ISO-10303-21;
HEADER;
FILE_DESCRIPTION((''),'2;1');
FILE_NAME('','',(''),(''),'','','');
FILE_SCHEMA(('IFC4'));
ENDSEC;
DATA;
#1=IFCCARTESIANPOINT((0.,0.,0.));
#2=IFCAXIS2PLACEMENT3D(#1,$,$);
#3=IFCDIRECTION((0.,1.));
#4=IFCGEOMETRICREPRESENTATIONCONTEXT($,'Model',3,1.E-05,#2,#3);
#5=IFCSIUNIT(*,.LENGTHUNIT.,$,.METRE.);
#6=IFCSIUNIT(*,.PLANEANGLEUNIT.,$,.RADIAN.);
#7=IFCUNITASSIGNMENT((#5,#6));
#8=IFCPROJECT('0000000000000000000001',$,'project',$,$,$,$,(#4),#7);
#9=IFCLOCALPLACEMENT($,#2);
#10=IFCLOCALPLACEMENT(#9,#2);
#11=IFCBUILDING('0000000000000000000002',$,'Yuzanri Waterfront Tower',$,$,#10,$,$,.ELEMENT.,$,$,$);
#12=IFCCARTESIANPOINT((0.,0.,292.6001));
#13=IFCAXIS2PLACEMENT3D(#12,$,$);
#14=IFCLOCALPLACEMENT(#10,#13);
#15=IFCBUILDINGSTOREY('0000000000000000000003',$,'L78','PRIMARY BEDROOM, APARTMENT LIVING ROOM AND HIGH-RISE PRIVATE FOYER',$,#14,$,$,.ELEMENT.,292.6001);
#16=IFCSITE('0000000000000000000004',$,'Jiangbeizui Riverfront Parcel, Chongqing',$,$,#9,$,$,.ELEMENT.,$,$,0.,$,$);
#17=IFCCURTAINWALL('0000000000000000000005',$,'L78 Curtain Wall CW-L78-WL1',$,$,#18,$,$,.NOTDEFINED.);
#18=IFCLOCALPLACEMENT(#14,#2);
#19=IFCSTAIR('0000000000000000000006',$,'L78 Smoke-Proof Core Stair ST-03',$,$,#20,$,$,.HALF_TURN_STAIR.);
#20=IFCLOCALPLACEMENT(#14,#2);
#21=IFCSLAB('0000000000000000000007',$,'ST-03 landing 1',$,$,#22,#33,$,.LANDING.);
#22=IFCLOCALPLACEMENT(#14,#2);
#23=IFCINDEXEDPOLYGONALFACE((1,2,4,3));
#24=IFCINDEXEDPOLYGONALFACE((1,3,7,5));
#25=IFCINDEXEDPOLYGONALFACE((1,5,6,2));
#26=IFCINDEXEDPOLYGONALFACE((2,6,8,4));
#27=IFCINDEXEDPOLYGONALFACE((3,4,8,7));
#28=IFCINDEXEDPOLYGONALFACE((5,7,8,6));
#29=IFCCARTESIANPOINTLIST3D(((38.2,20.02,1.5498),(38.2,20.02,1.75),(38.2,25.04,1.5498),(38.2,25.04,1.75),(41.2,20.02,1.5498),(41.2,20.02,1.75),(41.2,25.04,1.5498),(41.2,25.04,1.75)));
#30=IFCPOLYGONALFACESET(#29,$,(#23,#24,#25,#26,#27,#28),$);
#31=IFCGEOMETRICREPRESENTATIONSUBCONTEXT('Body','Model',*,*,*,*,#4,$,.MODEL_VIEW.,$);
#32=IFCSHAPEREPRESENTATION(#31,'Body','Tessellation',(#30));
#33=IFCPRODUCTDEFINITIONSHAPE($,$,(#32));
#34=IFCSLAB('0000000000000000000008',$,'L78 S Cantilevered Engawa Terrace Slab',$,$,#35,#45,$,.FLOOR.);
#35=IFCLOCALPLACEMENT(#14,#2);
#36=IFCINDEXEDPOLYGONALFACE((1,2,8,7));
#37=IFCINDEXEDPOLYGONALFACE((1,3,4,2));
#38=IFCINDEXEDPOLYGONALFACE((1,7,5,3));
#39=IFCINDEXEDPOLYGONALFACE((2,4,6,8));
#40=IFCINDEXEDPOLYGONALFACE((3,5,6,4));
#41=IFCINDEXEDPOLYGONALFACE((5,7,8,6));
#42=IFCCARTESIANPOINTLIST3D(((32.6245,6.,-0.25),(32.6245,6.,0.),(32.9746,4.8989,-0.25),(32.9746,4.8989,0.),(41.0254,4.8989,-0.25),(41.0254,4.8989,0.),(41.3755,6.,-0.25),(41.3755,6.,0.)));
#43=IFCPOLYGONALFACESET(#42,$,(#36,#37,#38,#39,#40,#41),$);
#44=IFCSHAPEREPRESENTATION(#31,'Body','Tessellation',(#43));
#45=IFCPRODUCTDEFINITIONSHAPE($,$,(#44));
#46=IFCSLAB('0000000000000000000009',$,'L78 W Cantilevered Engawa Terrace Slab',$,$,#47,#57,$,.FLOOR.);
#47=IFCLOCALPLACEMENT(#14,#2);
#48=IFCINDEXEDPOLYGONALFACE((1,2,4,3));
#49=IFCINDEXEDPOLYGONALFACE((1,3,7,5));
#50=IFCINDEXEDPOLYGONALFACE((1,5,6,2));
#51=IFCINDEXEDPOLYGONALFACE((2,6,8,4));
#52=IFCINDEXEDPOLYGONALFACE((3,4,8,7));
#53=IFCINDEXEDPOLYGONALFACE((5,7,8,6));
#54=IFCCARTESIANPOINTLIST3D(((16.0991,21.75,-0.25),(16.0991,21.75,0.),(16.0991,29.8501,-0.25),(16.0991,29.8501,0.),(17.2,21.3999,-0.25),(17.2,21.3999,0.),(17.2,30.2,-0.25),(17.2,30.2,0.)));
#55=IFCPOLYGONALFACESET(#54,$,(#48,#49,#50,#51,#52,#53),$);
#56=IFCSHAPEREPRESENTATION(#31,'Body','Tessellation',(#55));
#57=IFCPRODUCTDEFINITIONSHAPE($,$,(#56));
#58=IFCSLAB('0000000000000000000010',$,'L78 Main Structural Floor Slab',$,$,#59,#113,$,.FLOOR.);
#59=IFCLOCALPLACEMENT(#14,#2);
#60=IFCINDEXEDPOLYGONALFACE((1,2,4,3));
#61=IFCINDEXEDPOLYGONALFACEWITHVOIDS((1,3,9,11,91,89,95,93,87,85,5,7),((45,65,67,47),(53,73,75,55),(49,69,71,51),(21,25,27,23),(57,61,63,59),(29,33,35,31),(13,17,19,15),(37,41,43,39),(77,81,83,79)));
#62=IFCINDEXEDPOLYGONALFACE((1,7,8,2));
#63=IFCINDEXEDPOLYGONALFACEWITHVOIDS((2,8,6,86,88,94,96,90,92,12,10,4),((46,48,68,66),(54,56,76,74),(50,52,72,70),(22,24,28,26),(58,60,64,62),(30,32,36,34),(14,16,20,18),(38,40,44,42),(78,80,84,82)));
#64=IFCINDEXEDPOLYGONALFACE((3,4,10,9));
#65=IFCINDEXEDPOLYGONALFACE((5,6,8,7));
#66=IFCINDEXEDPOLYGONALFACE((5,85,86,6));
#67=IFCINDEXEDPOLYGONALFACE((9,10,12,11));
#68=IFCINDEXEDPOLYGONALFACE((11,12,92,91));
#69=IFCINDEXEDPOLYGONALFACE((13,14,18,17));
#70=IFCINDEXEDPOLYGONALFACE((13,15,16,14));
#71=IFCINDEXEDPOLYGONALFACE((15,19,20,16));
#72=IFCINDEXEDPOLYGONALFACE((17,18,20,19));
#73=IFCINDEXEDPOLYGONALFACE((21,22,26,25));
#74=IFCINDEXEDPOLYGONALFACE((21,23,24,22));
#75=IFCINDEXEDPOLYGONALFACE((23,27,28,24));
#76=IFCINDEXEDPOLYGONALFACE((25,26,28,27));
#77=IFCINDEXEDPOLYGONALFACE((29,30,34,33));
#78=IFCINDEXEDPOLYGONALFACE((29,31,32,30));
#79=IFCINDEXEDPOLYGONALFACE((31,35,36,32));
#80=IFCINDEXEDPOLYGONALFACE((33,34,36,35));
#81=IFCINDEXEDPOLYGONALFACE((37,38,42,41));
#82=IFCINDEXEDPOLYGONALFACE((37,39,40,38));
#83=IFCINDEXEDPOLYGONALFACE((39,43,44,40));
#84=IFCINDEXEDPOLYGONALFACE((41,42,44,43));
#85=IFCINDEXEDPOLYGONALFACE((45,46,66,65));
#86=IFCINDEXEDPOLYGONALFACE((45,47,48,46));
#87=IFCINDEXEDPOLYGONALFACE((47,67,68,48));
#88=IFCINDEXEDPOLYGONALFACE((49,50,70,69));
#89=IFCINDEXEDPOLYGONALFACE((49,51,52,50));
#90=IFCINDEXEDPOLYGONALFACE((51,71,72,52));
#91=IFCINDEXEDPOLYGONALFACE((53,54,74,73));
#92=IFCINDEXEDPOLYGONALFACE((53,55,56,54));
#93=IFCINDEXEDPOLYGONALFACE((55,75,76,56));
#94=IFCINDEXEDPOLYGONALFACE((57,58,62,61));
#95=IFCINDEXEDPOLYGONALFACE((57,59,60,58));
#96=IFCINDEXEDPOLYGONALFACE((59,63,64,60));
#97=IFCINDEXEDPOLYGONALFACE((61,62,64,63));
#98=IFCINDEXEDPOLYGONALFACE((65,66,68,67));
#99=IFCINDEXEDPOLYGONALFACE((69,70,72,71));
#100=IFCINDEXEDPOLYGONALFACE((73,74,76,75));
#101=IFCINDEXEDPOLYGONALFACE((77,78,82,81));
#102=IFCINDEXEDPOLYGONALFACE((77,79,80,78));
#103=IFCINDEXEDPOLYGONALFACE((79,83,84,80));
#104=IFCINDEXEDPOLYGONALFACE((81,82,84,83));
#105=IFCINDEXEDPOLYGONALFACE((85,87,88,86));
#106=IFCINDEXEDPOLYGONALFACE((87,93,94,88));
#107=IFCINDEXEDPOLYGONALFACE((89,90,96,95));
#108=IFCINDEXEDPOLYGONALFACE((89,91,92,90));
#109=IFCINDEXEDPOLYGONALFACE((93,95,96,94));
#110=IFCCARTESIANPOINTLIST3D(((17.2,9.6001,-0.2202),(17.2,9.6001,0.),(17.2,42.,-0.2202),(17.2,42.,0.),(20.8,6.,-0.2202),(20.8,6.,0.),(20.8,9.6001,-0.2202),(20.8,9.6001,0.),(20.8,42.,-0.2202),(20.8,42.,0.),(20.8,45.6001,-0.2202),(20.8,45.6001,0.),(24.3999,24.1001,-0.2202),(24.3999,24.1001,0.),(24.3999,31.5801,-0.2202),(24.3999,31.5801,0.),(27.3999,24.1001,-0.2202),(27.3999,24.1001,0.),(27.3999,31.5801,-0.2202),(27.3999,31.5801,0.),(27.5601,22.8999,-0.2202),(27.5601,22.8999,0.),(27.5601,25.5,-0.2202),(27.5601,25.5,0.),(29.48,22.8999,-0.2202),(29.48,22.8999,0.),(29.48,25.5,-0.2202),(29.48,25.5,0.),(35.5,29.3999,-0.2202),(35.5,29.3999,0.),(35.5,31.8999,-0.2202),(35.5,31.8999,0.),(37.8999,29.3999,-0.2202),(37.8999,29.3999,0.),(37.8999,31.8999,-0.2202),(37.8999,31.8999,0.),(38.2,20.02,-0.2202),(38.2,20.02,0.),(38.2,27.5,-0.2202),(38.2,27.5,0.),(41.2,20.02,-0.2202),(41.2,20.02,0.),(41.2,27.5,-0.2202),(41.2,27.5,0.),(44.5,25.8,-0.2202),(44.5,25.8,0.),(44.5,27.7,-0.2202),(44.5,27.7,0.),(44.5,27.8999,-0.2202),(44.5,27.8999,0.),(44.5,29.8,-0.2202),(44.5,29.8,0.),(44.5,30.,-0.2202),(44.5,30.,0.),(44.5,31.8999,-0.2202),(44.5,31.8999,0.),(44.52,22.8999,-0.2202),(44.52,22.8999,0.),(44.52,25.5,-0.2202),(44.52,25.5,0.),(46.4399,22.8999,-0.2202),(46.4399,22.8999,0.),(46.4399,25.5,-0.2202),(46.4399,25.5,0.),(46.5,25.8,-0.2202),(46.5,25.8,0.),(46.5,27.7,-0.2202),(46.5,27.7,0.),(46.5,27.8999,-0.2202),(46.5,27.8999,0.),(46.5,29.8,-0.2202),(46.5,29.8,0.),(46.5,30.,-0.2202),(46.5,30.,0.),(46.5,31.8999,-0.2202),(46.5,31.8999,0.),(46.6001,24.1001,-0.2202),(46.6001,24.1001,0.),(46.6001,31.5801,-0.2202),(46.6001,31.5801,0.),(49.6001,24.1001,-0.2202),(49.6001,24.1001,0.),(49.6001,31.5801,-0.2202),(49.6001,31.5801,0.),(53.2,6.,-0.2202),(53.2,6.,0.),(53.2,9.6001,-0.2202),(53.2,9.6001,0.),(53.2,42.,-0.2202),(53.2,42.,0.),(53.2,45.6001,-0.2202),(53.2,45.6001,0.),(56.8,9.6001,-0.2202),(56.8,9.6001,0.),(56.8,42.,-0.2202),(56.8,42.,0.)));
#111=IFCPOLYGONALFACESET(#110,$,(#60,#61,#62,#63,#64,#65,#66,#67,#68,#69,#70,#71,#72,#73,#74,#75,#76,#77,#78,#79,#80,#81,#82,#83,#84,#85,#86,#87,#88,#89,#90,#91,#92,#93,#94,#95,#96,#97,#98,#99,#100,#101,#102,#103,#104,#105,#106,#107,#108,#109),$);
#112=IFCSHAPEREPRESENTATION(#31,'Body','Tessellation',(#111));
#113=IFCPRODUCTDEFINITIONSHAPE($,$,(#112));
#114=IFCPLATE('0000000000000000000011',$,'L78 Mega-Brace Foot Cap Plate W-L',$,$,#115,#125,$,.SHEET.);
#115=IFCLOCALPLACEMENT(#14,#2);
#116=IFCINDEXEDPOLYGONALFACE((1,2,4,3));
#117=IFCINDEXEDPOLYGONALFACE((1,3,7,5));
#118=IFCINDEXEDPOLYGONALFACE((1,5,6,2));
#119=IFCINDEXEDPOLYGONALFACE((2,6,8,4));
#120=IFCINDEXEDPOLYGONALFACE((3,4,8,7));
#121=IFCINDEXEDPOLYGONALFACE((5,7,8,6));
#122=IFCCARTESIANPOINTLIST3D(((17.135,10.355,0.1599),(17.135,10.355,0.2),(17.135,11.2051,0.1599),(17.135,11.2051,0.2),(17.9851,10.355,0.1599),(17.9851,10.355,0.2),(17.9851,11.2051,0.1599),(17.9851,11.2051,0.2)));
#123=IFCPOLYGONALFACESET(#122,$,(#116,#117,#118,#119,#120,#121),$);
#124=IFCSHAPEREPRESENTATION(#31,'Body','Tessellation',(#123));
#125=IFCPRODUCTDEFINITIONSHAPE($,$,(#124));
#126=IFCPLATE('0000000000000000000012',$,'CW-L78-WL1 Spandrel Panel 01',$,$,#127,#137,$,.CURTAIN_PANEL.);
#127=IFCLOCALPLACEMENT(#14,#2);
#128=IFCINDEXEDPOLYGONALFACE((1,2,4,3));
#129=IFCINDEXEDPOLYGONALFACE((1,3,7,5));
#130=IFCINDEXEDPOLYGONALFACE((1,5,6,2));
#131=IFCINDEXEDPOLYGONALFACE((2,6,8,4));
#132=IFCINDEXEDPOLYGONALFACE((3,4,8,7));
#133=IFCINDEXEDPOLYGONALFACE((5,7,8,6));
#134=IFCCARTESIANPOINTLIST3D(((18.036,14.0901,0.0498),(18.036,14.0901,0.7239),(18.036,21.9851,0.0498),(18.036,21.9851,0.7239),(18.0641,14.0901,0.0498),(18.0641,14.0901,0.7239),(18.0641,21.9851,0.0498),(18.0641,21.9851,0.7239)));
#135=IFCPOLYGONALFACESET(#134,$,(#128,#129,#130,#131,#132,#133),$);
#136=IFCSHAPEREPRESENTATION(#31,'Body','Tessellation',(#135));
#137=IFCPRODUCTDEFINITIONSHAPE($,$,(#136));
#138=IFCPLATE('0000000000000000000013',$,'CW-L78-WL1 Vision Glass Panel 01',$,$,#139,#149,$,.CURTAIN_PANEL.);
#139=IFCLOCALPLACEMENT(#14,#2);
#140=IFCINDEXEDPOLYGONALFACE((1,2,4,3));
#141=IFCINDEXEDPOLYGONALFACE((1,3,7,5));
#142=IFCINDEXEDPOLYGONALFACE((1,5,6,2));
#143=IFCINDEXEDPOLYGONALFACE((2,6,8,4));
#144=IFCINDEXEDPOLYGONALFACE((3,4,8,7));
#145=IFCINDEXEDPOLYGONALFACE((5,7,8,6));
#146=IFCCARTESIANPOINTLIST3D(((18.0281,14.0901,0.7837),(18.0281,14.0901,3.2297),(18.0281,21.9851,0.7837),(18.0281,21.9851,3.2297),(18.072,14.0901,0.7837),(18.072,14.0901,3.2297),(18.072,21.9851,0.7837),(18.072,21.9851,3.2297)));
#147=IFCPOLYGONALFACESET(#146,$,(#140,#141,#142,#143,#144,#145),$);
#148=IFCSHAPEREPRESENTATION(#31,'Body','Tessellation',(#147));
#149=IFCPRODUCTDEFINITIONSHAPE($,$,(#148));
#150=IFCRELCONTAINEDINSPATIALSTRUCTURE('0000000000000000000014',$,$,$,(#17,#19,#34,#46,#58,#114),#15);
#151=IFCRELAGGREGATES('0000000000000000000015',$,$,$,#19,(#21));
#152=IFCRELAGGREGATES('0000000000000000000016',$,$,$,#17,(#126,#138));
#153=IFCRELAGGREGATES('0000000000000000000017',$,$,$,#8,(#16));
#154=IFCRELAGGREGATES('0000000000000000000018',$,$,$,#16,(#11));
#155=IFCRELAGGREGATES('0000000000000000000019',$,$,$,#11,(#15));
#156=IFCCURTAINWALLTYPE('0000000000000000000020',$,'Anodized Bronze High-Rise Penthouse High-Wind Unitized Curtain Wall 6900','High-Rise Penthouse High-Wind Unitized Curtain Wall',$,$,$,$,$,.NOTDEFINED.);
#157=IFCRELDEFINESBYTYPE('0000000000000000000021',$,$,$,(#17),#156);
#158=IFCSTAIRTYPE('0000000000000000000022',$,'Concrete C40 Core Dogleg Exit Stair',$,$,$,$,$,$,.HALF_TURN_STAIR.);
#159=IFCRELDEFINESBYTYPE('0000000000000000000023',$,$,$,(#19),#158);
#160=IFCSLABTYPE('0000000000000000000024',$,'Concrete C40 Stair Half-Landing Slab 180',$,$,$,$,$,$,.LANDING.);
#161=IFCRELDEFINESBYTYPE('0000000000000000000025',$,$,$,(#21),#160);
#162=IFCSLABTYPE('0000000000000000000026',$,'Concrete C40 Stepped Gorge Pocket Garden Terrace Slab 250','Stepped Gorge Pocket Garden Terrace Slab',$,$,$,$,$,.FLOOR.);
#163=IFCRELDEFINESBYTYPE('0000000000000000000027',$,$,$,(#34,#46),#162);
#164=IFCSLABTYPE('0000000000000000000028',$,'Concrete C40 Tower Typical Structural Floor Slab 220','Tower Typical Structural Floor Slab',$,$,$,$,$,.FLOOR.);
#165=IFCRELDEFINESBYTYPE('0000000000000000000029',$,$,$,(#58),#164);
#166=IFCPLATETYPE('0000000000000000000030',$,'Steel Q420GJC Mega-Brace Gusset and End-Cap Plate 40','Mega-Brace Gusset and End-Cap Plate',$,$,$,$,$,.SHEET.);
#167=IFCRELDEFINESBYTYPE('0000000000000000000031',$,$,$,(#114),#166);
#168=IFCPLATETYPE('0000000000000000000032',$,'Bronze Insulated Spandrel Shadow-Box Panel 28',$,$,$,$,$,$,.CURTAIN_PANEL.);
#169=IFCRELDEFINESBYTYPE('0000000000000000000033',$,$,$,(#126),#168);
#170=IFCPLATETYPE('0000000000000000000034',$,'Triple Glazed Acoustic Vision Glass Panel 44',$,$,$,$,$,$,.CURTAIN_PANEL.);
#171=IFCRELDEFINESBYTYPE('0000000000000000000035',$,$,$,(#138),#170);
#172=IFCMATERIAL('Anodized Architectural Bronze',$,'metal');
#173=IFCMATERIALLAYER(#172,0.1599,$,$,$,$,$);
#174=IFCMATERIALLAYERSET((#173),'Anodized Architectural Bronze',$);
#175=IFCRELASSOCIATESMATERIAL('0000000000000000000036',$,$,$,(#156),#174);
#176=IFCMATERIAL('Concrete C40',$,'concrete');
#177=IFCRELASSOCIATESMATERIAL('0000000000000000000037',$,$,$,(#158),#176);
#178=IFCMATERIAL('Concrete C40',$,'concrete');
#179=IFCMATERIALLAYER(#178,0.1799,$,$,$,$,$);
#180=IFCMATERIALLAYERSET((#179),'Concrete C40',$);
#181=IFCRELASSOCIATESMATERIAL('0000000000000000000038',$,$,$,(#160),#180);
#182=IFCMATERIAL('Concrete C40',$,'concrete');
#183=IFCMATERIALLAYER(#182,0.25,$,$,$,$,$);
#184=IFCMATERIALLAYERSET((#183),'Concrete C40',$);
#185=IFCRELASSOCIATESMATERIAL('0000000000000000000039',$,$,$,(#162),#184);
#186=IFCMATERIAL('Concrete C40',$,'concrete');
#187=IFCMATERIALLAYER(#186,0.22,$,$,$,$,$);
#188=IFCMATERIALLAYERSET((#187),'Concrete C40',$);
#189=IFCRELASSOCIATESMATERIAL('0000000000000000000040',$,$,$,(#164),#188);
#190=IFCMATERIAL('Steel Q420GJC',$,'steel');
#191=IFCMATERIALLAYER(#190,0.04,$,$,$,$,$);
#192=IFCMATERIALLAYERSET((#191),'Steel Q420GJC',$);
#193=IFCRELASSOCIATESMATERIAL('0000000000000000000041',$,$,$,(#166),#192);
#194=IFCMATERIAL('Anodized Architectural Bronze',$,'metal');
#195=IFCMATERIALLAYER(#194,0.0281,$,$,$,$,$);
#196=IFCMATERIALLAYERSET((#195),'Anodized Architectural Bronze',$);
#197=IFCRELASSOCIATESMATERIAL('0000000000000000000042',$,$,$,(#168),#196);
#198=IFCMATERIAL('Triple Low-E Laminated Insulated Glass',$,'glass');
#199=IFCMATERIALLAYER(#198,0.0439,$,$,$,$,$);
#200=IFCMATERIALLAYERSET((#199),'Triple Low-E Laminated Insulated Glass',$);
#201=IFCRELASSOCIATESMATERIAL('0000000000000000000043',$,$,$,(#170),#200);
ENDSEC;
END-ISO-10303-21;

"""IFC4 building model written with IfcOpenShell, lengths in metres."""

from ifc_helpers import new_model, si_unit, direction, frame, origin, origin_2d, place, context, subcontext, project, spatial, polyline, rectangle, outline, extrude, source, transform, mapped, material, layer, layer_set, type_object, element, aggregate, save


model = new_model("IFC4")

# Units and contexts
model_context = context("Model", 3, precision=1e-05, world=origin(), true_north=direction((0.0, 1.0)))
body_context = subcontext(model_context, "Body", "Model", "MODEL_VIEW")
ifc_project = project(units=[si_unit("LENGTHUNIT", "METRE"), si_unit("PLANEANGLEUNIT", "RADIAN")], contexts=[model_context])

# Site, building, storey
site_placement = place(None, origin())
site = spatial("IfcSite", under=ifc_project, at=site_placement, Name="Jiangbeizui Riverfront Parcel, Chongqing", CompositionType="ELEMENT", RefElevation=0.0)
building_placement = place(site_placement, origin())
building = spatial("IfcBuilding", under=site, at=building_placement, Name="Yuzanri Waterfront Tower", CompositionType="ELEMENT")
storey_placement = place(building_placement, frame((0.0, 0.0, 292.6001)))
storey = spatial("IfcBuildingStorey", under=building, at=storey_placement, Name="L78", Description="PRIMARY BEDROOM, APARTMENT LIVING ROOM AND HIGH-RISE PRIVATE FOYER", CompositionType="ELEMENT", Elevation=292.6001)

# Curtain wall
ifc_material_1 = material(Name="Anodized Architectural Bronze", Category="metal")
ifc_layer_1 = layer(ifc_material_1, 0.1599)
ifc_layer_set_1 = layer_set([ifc_layer_1], Name="Anodized Architectural Bronze")
curtain_wall_type = type_object("IfcCurtainWallType", Name="Anodized Bronze High-Rise Penthouse High-Wind Unitized Curtain Wall 6900", Description="High-Rise Penthouse High-Wind Unitized Curtain Wall", PredefinedType="NOTDEFINED", material=ifc_layer_set_1)
curtain_wall_placement = place(storey_placement, origin())
curtain_wall = element("IfcCurtainWall", 1, at=curtain_wall_placement, inside=storey, type_object=curtain_wall_type, Name="L78 Curtain Wall CW-L78-WL1", PredefinedType="NOTDEFINED")

# Stair, slab
ifc_material_2 = material(Name="Concrete C40", Category="concrete")
stair_type = type_object("IfcStairType", Name="Concrete C40 Core Dogleg Exit Stair", PredefinedType="HALF_TURN_STAIR", material=ifc_material_2)
ifc_material_3 = material(Name="Concrete C40", Category="concrete")
ifc_layer_2 = layer(ifc_material_3, 0.1799)
ifc_layer_set_2 = layer_set([ifc_layer_2], Name="Concrete C40")
slab_type_1 = type_object("IfcSlabType", Name="Concrete C40 Stair Half-Landing Slab 180", PredefinedType="LANDING", material=ifc_layer_set_2)
stair_1_placement = place(storey_placement, origin())
stair_1 = element("IfcStair", 2, at=stair_1_placement, inside=storey, type_object=stair_type, Name="L78 Smoke-Proof Core Stair ST-03", PredefinedType="HALF_TURN_STAIR")
slab_1_placement = place(storey_placement, frame((0.0, 0.0, 1.5498)))
slab_1 = element("IfcSlab", 3, at=slab_1_placement, type_object=slab_type_1, Name="ST-03 landing 1", PredefinedType="LANDING", context=body_context, shape_type="SweptSolid", body=[
    extrude(outline(polyline([(38.2, 25.04), (38.2, 20.02), (41.2, 20.02), (41.2, 25.04), (38.2, 25.04)])), origin(), (0.0, 0.0, 1.0), 0.2002),
])
aggregate(stair_1, [slab_1])

# Slabs
ifc_material_4 = material(Name="Concrete C40", Category="concrete")
ifc_layer_3 = layer(ifc_material_4, 0.25)
ifc_layer_set_3 = layer_set([ifc_layer_3], Name="Concrete C40")
slab_type_2 = type_object("IfcSlabType", Name="Concrete C40 Stepped Gorge Pocket Garden Terrace Slab 250", Description="Stepped Gorge Pocket Garden Terrace Slab", PredefinedType="FLOOR", material=ifc_layer_set_3)
slab_2_placement = place(storey_placement, frame((0.0, 0.0, -0.25)))
element("IfcSlab", 4, at=slab_2_placement, inside=storey, type_object=slab_type_2, Name="L78 S Cantilevered Engawa Terrace Slab", PredefinedType="FLOOR", context=body_context, shape_type="SweptSolid", body=[
    extrude(outline(polyline([(32.6245, 6.0), (41.3755, 6.0), (41.0254, 4.8989), (32.9746, 4.8989), (32.6245, 6.0)])), origin(), (0.0, 0.0, 1.0), 0.25),
])
slab_3_placement = place(storey_placement, frame((0.0, 0.0, -0.25)))
element("IfcSlab", 5, at=slab_3_placement, inside=storey, type_object=slab_type_2, Name="L78 W Cantilevered Engawa Terrace Slab", PredefinedType="FLOOR", context=body_context, shape_type="SweptSolid", body=[
    extrude(outline(polyline([(17.2, 21.3999), (16.0991, 21.75), (16.0991, 29.8501), (17.2, 30.2), (17.2, 21.3999)])), origin(), (0.0, 0.0, 1.0), 0.25),
])
ifc_material_5 = material(Name="Concrete C40", Category="concrete")
ifc_layer_4 = layer(ifc_material_5, 0.22)
ifc_layer_set_4 = layer_set([ifc_layer_4], Name="Concrete C40")
slab_type_3 = type_object("IfcSlabType", Name="Concrete C40 Tower Typical Structural Floor Slab 220", Description="Tower Typical Structural Floor Slab", PredefinedType="FLOOR", material=ifc_layer_set_4)
slab_4_placement = place(storey_placement, frame((0.0, 0.0, -0.2202)))
element("IfcSlab", 6, at=slab_4_placement, inside=storey, type_object=slab_type_3, Name="L78 Main Structural Floor Slab", PredefinedType="FLOOR", context=body_context, shape_type="SweptSolid", body=[
    extrude(outline(polyline([(20.8, 6.0), (53.2, 6.0), (53.2, 9.6001), (56.8, 9.6001), (56.8, 42.0), (53.2, 42.0), (53.2, 45.6001), (20.8, 45.6001), (20.8, 42.0), (17.2, 42.0), (17.2, 9.6001), (20.8, 9.6001), (20.8, 6.0)]), holes=[polyline([(27.3999, 24.1001), (27.3999, 31.5801), (24.3999, 31.5801), (24.3999, 24.1001), (27.3999, 24.1001)]), polyline([(49.6001, 24.1001), (49.6001, 31.5801), (46.6001, 31.5801), (46.6001, 24.1001), (49.6001, 24.1001)]), polyline([(38.2, 27.5), (38.2, 20.02), (41.2, 20.02), (41.2, 27.5), (38.2, 27.5)]), polyline([(27.5601, 22.8999), (29.48, 22.8999), (29.48, 25.5), (27.5601, 25.5), (27.5601, 22.8999)]), polyline([(44.52, 22.8999), (46.4399, 22.8999), (46.4399, 25.5), (44.52, 25.5), (44.52, 22.8999)]), polyline([(35.5, 29.3999), (37.8999, 29.3999), (37.8999, 31.8999), (35.5, 31.8999), (35.5, 29.3999)]), polyline([(44.5, 25.8), (46.5, 25.8), (46.5, 27.7), (44.5, 27.7), (44.5, 25.8)]), polyline([(44.5, 27.8999), (46.5, 27.8999), (46.5, 29.8), (44.5, 29.8), (44.5, 27.8999)]), polyline([(44.5, 30.0), (46.5, 30.0), (46.5, 31.8999), (44.5, 31.8999), (44.5, 30.0)])]), origin(), (0.0, 0.0, 1.0), 0.2202),
])

# Plates
ifc_material_6 = material(Name="Steel Q420GJC", Category="steel")
ifc_layer_5 = layer(ifc_material_6, 0.04)
ifc_layer_set_5 = layer_set([ifc_layer_5], Name="Steel Q420GJC")
plate_type_1 = type_object("IfcPlateType", Name="Steel Q420GJC Mega-Brace Gusset and End-Cap Plate 40", Description="Mega-Brace Gusset and End-Cap Plate", PredefinedType="SHEET", material=ifc_layer_set_5)
shared_shape_1 = source(origin(), body_context, "Body", "SweptSolid", [
    extrude(rectangle(XDim=0.8501, YDim=0.8501, at=origin_2d()), origin(), (0.0, 0.0, 1.0), 0.04),
])
plate_1_placement = place(storey_placement, frame((17.5601, 10.78, 0.1599), z_axis=(0.0, 0.0, 1.0), x_axis=(1.0, 0.0, 0.0)))
element("IfcPlate", 7, at=plate_1_placement, inside=storey, type_object=plate_type_1, Name="L78 Mega-Brace Foot Cap Plate W-L", PredefinedType="SHEET", context=body_context, shape_type="MappedRepresentation", body=[
    mapped(shared_shape_1, transform((0.0, 0.0, 0.0), scale=1.0)),
])
ifc_material_7 = material(Name="Anodized Architectural Bronze", Category="metal")
ifc_layer_6 = layer(ifc_material_7, 0.0281)
ifc_layer_set_6 = layer_set([ifc_layer_6], Name="Anodized Architectural Bronze")
plate_type_2 = type_object("IfcPlateType", Name="Bronze Insulated Spandrel Shadow-Box Panel 28", PredefinedType="CURTAIN_PANEL", material=ifc_layer_set_6)
shared_shape_2 = source(origin(), body_context, "Body", "SweptSolid", [
    extrude(rectangle(XDim=7.895, YDim=0.0281, at=origin_2d()), origin(), (0.0, 0.0, 1.0), 0.6741),
])
plate_2_placement = place(storey_placement, frame((18.05, 18.0376, 0.0498), z_axis=(0.0, 0.0, 1.0), x_axis=(0.0, 1.0, 0.0)))
plate_2 = element("IfcPlate", 8, at=plate_2_placement, type_object=plate_type_2, Name="CW-L78-WL1 Spandrel Panel 01", PredefinedType="CURTAIN_PANEL", context=body_context, shape_type="MappedRepresentation", body=[
    mapped(shared_shape_2, transform((0.0, 0.0, 0.0), scale=1.0)),
])
ifc_material_8 = material(Name="Triple Low-E Laminated Insulated Glass", Category="glass")
ifc_layer_7 = layer(ifc_material_8, 0.0439)
ifc_layer_set_7 = layer_set([ifc_layer_7], Name="Triple Low-E Laminated Insulated Glass")
plate_type_3 = type_object("IfcPlateType", Name="Triple Glazed Acoustic Vision Glass Panel 44", PredefinedType="CURTAIN_PANEL", material=ifc_layer_set_7)
shared_shape_3 = source(origin(), body_context, "Body", "SweptSolid", [
    extrude(rectangle(XDim=7.895, YDim=0.0439, at=origin_2d()), origin(), (0.0, 0.0, 1.0), 2.446),
])
plate_3_placement = place(storey_placement, frame((18.05, 18.0376, 0.7837), z_axis=(0.0, 0.0, 1.0), x_axis=(0.0, 1.0, 0.0)))
plate_3 = element("IfcPlate", 9, at=plate_3_placement, type_object=plate_type_3, Name="CW-L78-WL1 Vision Glass Panel 01", PredefinedType="CURTAIN_PANEL", context=body_context, shape_type="MappedRepresentation", body=[
    mapped(shared_shape_3, transform((0.0, 0.0, 0.0), scale=1.0)),
])
aggregate(curtain_wall, [plate_2, plate_3])

save(model, "model.ifc")
